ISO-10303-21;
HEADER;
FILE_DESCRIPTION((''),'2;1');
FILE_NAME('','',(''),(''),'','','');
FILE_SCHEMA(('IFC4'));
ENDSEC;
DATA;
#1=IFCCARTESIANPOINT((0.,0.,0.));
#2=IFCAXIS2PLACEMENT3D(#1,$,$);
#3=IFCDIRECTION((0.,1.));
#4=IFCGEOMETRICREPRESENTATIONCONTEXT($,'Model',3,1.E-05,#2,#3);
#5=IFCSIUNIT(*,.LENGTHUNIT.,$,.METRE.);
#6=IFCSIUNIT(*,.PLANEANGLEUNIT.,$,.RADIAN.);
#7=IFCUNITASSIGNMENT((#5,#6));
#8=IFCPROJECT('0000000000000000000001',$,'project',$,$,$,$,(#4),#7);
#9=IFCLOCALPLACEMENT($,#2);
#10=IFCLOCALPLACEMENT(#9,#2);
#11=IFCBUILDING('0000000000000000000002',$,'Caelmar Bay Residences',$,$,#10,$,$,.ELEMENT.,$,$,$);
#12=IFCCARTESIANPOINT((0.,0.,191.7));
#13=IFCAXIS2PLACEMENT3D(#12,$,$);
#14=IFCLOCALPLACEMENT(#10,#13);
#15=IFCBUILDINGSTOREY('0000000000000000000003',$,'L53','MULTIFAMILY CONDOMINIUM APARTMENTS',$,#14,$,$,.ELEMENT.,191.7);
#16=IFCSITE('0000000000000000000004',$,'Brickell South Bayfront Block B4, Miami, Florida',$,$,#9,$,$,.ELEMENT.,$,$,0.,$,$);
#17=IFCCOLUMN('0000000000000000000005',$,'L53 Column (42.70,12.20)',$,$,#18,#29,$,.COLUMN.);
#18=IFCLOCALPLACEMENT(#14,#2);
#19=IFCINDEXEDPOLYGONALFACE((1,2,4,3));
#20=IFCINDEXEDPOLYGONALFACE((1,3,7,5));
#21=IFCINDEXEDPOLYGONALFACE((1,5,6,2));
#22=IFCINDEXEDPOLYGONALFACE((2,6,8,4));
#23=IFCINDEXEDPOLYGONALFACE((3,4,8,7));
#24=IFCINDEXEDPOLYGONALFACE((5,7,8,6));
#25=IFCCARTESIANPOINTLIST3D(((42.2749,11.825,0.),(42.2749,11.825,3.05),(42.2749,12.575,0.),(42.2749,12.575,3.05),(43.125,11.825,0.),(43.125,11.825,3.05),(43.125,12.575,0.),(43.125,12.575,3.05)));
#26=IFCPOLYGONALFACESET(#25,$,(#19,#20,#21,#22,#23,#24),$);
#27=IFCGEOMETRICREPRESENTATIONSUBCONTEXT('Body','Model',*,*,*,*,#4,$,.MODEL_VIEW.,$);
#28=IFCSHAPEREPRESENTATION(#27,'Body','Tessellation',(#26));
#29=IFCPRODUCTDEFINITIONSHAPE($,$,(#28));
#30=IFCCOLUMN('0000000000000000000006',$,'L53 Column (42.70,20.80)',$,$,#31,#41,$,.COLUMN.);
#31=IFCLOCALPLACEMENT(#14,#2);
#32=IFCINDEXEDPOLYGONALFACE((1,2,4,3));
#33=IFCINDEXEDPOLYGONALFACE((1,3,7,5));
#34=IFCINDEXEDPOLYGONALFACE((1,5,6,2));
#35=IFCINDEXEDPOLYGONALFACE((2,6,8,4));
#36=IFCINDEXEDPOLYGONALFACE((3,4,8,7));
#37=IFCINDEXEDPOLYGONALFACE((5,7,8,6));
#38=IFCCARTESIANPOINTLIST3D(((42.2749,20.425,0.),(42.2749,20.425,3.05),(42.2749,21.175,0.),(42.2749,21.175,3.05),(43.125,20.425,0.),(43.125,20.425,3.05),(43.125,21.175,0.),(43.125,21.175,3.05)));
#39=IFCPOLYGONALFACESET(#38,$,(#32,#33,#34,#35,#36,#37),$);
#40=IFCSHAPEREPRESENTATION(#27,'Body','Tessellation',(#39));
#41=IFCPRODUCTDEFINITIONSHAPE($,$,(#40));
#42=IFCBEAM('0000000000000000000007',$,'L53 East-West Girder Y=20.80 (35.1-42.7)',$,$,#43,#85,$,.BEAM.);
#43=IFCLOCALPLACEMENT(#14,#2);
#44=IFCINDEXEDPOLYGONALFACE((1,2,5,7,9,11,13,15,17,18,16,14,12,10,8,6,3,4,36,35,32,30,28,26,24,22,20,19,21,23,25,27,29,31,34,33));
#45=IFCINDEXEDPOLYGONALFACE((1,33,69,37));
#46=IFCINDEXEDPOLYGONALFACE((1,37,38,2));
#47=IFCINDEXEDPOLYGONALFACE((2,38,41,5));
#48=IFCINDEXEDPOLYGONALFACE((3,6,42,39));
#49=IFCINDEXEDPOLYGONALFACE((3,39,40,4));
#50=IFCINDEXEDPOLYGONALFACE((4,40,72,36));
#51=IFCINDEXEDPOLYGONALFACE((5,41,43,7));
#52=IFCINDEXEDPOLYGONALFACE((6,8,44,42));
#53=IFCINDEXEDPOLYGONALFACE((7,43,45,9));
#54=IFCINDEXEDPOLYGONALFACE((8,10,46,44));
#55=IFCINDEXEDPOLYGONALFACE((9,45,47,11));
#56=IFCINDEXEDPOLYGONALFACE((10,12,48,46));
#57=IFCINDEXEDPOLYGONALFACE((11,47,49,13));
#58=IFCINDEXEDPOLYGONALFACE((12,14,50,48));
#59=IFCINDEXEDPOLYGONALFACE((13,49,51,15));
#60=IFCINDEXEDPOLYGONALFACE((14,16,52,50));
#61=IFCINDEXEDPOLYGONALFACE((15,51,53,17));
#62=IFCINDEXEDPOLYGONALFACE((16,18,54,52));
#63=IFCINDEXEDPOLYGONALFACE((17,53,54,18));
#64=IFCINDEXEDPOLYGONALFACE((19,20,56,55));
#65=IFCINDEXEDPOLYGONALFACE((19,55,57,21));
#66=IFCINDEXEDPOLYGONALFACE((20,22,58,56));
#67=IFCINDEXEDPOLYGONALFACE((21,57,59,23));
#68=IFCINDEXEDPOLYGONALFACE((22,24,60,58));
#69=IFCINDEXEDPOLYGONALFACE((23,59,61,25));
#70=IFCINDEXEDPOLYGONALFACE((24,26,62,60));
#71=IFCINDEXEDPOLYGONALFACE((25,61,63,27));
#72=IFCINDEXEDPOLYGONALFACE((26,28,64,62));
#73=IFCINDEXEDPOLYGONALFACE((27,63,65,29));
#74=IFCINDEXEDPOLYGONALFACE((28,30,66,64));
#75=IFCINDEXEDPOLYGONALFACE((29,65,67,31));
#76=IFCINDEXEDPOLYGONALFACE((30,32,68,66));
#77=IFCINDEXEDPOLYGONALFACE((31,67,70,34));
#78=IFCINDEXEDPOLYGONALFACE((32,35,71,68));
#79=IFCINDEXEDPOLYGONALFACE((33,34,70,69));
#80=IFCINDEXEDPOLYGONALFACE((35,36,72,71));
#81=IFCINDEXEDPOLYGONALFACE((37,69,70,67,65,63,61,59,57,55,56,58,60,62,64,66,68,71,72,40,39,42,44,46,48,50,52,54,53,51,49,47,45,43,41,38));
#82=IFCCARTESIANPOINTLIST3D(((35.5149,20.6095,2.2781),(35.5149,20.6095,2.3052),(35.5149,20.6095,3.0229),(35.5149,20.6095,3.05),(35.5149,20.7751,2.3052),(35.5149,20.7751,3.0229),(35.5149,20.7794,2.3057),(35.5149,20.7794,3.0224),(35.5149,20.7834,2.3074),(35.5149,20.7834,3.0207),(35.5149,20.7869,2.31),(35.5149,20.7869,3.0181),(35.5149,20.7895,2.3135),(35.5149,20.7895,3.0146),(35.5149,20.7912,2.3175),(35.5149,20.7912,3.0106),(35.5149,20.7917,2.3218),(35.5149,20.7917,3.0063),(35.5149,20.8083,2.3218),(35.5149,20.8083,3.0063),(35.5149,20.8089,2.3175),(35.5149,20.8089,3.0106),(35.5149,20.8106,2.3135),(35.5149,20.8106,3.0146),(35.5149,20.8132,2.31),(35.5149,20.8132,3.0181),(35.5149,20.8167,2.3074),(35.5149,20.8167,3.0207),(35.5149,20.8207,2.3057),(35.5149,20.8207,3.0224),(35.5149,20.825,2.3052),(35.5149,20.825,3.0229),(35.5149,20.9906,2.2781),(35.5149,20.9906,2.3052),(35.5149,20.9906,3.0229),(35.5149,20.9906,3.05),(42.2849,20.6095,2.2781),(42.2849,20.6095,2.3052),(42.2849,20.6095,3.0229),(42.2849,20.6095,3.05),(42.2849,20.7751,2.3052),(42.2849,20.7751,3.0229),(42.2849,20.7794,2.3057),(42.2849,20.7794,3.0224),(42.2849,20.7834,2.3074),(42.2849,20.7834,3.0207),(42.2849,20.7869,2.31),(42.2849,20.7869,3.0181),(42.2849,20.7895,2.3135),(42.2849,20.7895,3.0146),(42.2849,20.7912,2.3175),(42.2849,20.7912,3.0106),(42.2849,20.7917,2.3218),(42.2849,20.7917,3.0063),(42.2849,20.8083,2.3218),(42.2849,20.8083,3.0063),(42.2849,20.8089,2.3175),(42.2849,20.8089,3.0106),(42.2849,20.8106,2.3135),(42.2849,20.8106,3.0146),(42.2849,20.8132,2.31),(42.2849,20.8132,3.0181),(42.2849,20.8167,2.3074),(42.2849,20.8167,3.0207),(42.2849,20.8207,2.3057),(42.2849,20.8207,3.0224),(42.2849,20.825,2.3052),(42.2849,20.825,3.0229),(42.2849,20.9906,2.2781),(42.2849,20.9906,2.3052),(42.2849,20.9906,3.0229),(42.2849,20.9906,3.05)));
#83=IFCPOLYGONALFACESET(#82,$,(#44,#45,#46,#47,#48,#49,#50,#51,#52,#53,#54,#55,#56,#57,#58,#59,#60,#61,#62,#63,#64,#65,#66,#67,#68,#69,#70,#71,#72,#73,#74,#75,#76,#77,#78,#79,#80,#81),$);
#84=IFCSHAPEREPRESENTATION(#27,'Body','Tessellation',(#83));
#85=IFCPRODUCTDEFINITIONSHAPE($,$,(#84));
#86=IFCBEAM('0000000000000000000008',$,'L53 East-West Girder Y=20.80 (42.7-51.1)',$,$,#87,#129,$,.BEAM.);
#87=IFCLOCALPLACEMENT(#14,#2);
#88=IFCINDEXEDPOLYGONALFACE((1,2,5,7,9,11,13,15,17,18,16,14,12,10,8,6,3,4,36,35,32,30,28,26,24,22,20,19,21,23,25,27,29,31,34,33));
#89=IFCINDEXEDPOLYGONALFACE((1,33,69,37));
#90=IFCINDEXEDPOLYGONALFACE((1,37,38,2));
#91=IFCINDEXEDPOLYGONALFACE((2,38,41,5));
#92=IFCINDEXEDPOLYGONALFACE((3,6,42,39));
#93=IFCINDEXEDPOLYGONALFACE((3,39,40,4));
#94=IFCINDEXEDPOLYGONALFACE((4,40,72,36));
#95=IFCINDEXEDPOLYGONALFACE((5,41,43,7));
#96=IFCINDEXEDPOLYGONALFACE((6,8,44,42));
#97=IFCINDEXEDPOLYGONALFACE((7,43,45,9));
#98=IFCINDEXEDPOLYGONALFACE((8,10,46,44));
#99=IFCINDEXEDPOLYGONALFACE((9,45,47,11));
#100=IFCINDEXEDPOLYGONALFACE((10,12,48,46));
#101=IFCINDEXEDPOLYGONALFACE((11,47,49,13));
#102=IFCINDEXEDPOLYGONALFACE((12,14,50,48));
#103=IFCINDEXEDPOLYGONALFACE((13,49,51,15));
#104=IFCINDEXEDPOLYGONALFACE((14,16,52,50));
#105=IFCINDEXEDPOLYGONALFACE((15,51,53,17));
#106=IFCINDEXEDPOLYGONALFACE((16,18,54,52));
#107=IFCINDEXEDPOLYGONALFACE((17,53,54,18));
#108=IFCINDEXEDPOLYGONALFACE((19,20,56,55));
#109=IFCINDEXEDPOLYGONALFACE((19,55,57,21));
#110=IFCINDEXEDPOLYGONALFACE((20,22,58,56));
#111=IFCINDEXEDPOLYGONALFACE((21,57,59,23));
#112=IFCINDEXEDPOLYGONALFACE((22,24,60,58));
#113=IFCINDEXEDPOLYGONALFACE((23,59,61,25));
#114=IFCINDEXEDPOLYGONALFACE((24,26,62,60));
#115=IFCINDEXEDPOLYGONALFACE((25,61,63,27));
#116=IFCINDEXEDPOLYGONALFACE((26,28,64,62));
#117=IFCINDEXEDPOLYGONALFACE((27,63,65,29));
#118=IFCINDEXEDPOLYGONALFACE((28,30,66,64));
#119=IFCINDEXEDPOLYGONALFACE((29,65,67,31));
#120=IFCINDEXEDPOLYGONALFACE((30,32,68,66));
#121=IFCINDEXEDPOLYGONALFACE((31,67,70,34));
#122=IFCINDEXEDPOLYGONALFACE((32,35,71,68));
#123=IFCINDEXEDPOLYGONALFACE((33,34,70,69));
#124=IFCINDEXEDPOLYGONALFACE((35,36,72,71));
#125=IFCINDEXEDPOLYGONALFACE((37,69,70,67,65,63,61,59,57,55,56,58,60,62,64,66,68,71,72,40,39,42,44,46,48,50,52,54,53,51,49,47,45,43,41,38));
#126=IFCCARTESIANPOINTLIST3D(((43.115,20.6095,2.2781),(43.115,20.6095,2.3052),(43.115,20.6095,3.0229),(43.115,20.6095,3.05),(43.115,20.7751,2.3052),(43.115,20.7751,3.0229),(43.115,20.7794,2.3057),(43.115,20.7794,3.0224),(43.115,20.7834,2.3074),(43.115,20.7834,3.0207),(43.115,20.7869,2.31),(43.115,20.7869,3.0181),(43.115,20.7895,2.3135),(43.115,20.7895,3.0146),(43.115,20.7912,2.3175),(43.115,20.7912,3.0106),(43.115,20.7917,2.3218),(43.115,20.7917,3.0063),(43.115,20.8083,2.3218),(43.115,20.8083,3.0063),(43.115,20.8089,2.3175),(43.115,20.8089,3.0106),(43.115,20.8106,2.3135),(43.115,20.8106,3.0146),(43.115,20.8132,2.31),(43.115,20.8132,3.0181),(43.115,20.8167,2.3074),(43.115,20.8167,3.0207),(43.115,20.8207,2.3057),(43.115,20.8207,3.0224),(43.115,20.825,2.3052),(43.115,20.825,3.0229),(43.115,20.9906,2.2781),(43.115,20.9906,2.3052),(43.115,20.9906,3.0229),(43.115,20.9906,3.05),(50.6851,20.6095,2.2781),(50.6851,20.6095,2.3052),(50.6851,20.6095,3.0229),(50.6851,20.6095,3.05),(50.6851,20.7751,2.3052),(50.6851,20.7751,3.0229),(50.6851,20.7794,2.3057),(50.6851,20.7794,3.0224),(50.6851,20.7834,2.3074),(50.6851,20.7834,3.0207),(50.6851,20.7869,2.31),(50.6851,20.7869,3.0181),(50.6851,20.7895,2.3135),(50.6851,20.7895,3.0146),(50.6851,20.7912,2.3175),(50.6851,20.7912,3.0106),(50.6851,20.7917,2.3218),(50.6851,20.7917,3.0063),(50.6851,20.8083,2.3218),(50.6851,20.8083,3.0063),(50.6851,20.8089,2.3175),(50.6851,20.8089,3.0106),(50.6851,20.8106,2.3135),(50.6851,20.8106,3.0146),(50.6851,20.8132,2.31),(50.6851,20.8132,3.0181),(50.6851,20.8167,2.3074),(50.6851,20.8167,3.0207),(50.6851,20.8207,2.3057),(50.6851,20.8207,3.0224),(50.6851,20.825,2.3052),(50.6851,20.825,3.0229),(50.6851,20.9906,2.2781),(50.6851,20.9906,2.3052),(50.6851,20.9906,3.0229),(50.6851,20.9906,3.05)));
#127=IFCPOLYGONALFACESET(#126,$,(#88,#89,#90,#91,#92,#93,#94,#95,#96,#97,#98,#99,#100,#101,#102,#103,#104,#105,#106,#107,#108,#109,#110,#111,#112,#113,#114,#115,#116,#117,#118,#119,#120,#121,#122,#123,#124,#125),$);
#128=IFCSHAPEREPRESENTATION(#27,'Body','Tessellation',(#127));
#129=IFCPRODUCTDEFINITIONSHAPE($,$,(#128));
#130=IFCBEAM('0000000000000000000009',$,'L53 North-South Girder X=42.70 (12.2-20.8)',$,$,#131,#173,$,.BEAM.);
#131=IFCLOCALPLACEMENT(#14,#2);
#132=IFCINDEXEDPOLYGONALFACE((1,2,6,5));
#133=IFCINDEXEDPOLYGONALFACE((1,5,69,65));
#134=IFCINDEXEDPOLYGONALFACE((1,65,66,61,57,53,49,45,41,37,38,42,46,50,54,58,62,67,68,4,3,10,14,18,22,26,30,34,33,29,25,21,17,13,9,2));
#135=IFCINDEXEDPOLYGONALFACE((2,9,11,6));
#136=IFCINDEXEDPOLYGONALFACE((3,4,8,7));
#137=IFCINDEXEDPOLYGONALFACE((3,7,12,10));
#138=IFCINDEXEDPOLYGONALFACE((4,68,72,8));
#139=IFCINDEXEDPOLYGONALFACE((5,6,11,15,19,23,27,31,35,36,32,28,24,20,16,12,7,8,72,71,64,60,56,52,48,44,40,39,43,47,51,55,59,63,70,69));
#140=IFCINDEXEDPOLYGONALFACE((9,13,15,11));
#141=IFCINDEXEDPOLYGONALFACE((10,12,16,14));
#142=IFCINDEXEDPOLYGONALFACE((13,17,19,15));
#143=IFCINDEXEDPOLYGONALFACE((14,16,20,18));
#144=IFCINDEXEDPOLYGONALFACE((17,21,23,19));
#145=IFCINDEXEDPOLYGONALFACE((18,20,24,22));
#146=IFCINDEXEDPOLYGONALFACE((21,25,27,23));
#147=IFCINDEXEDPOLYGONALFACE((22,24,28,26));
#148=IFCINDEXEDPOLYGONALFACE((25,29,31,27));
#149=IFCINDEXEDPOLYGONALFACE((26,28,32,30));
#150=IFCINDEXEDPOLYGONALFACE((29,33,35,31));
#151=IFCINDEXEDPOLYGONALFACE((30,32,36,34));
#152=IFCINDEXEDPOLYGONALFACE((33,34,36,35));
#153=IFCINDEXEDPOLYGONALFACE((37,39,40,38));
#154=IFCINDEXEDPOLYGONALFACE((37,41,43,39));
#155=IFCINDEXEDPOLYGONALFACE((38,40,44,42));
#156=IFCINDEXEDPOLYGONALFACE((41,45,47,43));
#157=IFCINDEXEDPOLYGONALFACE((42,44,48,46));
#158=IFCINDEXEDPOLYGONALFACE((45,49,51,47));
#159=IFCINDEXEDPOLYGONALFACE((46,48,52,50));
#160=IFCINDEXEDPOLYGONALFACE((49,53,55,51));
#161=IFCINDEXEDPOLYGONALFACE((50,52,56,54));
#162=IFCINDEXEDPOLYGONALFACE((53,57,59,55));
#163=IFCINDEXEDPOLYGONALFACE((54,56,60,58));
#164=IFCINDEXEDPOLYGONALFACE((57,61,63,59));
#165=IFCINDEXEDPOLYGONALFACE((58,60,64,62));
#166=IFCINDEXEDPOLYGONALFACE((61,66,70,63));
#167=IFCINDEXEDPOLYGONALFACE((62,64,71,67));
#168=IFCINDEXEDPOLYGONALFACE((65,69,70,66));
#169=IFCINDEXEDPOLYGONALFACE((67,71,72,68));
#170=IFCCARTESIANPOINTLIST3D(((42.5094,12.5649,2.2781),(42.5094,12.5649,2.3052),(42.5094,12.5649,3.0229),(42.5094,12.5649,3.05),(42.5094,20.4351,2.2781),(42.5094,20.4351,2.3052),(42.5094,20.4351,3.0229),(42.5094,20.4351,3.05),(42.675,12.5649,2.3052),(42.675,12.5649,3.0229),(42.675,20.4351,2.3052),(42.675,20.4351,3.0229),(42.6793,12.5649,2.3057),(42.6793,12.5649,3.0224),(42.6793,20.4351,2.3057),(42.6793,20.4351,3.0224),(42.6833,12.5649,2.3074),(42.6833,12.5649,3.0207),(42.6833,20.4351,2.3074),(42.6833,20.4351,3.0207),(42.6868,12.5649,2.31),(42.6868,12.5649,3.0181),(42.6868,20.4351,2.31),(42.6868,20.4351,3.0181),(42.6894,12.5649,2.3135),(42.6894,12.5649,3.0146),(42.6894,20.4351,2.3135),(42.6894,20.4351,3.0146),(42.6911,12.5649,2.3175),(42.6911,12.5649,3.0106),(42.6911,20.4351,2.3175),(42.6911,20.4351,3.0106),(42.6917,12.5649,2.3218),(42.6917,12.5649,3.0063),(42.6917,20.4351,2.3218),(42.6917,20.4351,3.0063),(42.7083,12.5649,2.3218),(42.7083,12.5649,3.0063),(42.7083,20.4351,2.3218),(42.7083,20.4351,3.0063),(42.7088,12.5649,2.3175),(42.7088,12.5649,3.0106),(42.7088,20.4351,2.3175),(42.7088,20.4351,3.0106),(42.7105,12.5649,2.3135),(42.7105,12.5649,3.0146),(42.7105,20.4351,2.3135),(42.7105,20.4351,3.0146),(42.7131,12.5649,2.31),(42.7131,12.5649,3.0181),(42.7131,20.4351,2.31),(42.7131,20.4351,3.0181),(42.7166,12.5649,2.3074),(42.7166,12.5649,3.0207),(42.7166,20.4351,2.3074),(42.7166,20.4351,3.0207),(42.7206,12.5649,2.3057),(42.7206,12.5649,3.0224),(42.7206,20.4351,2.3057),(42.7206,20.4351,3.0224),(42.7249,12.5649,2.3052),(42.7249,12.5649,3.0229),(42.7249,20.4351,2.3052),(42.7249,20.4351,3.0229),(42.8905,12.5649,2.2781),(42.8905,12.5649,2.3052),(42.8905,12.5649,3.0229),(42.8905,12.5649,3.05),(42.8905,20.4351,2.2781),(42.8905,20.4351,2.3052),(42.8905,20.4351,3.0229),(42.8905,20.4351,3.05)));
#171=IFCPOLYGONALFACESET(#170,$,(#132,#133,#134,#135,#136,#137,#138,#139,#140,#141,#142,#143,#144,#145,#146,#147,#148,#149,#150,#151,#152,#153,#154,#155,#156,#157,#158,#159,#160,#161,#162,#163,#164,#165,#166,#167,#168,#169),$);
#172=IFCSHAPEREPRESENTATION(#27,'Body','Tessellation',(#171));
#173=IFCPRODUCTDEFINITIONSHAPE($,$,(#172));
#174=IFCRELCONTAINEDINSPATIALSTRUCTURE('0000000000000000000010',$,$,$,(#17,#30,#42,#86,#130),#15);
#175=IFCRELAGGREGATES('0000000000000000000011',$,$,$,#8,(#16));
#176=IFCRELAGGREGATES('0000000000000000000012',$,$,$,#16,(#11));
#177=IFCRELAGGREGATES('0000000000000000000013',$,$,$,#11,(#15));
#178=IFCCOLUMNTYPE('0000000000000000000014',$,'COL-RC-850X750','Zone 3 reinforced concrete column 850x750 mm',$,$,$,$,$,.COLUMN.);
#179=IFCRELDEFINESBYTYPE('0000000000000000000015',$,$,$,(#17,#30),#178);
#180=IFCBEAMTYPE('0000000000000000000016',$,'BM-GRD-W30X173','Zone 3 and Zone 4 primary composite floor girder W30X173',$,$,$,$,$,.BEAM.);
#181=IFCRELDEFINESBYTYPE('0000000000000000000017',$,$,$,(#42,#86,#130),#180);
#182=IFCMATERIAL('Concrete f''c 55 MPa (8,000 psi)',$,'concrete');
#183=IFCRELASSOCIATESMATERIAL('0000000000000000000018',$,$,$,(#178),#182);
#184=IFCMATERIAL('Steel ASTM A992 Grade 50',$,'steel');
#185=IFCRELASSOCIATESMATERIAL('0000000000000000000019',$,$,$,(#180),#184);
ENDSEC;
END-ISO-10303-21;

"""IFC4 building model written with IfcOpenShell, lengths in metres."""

from ifc_helpers import new_model, si_unit, direction, frame, origin, origin_2d, place, context, subcontext, project, spatial, rectangle, i_section, extrude, material, material_profile, profile_set, type_object, element, save


model = new_model("IFC4")

# Units and contexts
model_context = context("Model", 3, precision=1e-05, world=origin(), true_north=direction((0.0, 1.0)))
body_context = subcontext(model_context, "Body", "Model", "MODEL_VIEW")
ifc_project = project(units=[si_unit("LENGTHUNIT", "METRE"), si_unit("PLANEANGLEUNIT", "RADIAN")], contexts=[model_context])

# Site, building, storey
site_placement = place(None, origin())
site = spatial("IfcSite", under=ifc_project, at=site_placement, Name="Brickell South Bayfront Block B4, Miami, Florida", CompositionType="ELEMENT", RefElevation=0.0)
building_placement = place(site_placement, origin())
building = spatial("IfcBuilding", under=site, at=building_placement, Name="Caelmar Bay Residences", CompositionType="ELEMENT")
storey_placement = place(building_placement, frame((0.0, 0.0, 191.7)))
storey = spatial("IfcBuildingStorey", under=building, at=storey_placement, Name="L53", Description="MULTIFAMILY CONDOMINIUM APARTMENTS", CompositionType="ELEMENT", Elevation=191.7)

# Columns
ifc_material_1 = material(Name="Concrete f'c 55 MPa (8,000 psi)", Category="concrete")
ifc_material_profile_1 = material_profile(ifc_material_1, rectangle(XDim=0.8501, YDim=0.75, at=origin_2d()), Name="RC-COL-850X750")
ifc_profile_set_1 = profile_set([ifc_material_profile_1], Name="Concrete f'c 55 MPa (8,000 psi)")
column_type = type_object("IfcColumnType", Name="COL-RC-850X750", Description="Zone 3 reinforced concrete column 850x750 mm", PredefinedType="COLUMN", material=ifc_profile_set_1)
for number, where, z_axis, x_axis, name in (
    (1, (42.7, 12.2, 0.0), (0.0, 0.0, 1.0), (1.0, 0.0, 0.0), "L53 Column (42.70,12.20)"),
    (2, (42.7, 20.8, 0.0), (0.0, 0.0, 1.0), (1.0, 0.0, 0.0), "L53 Column (42.70,20.80)"),
):
    element("IfcColumn", number, at=place(storey_placement, frame(where, z_axis=z_axis, x_axis=x_axis)), inside=storey, type_object=column_type, Name=name, PredefinedType="COLUMN", context=body_context, shape_type="SweptSolid", body=[
        extrude(rectangle(XDim=0.8501, YDim=0.75, at=origin_2d()), origin(), (0.0, 0.0, 1.0), 3.05),
    ])

# Beams
ifc_material_2 = material(Name="Steel ASTM A992 Grade 50", Category="steel")
ifc_material_profile_2 = material_profile(ifc_material_2, i_section(OverallWidth=0.3811, OverallDepth=0.772, WebThickness=0.0166, FlangeThickness=0.0271, FilletRadius=0.0166, at=origin_2d()), Name="W30X173")
ifc_profile_set_2 = profile_set([ifc_material_profile_2], Name="Steel ASTM A992 Grade 50")
beam_type_1 = type_object("IfcBeamType", Name="BM-GRD-W30X173", Description="Zone 3 and Zone 4 primary composite floor girder W30X173", PredefinedType="BEAM", material=ifc_profile_set_2)
beam_1_placement = place(storey_placement, frame((35.5149, 20.8, 2.6641), z_axis=(1.0, 0.0, 0.0), x_axis=(0.0, 1.0, 0.0)))
element("IfcBeam", 3, at=beam_1_placement, inside=storey, type_object=beam_type_1, Name="L53 East-West Girder Y=20.80 (35.1-42.7)", PredefinedType="BEAM", context=body_context, shape_type="SweptSolid", body=[
    extrude(i_section(OverallWidth=0.3811, OverallDepth=0.772, WebThickness=0.0166, FlangeThickness=0.0271, FilletRadius=0.0166, at=origin_2d()), origin(), (0.0, 0.0, 1.0), 6.77),
])
beam_2_placement = place(storey_placement, frame((43.115, 20.8, 2.6641), z_axis=(1.0, 0.0, 0.0), x_axis=(0.0, 1.0, 0.0)))
element("IfcBeam", 4, at=beam_2_placement, inside=storey, type_object=beam_type_1, Name="L53 East-West Girder Y=20.80 (42.7-51.1)", PredefinedType="BEAM", context=body_context, shape_type="SweptSolid", body=[
    extrude(i_section(OverallWidth=0.3811, OverallDepth=0.772, WebThickness=0.0166, FlangeThickness=0.0271, FilletRadius=0.0166, at=origin_2d()), origin(), (0.0, 0.0, 1.0), 7.5701),
])
beam_3_placement = place(storey_placement, frame((42.7, 12.5649, 2.6641), z_axis=(0.0, 1.0, 0.0), x_axis=(-1.0, 0.0, 0.0)))
element("IfcBeam", 5, at=beam_3_placement, inside=storey, type_object=beam_type_1, Name="L53 North-South Girder X=42.70 (12.2-20.8)", PredefinedType="BEAM", context=body_context, shape_type="SweptSolid", body=[
    extrude(i_section(OverallWidth=0.3811, OverallDepth=0.772, WebThickness=0.0166, FlangeThickness=0.0271, FilletRadius=0.0166, at=origin_2d()), origin(), (0.0, 0.0, 1.0), 7.8701),
])

save(model, "model.ifc")
